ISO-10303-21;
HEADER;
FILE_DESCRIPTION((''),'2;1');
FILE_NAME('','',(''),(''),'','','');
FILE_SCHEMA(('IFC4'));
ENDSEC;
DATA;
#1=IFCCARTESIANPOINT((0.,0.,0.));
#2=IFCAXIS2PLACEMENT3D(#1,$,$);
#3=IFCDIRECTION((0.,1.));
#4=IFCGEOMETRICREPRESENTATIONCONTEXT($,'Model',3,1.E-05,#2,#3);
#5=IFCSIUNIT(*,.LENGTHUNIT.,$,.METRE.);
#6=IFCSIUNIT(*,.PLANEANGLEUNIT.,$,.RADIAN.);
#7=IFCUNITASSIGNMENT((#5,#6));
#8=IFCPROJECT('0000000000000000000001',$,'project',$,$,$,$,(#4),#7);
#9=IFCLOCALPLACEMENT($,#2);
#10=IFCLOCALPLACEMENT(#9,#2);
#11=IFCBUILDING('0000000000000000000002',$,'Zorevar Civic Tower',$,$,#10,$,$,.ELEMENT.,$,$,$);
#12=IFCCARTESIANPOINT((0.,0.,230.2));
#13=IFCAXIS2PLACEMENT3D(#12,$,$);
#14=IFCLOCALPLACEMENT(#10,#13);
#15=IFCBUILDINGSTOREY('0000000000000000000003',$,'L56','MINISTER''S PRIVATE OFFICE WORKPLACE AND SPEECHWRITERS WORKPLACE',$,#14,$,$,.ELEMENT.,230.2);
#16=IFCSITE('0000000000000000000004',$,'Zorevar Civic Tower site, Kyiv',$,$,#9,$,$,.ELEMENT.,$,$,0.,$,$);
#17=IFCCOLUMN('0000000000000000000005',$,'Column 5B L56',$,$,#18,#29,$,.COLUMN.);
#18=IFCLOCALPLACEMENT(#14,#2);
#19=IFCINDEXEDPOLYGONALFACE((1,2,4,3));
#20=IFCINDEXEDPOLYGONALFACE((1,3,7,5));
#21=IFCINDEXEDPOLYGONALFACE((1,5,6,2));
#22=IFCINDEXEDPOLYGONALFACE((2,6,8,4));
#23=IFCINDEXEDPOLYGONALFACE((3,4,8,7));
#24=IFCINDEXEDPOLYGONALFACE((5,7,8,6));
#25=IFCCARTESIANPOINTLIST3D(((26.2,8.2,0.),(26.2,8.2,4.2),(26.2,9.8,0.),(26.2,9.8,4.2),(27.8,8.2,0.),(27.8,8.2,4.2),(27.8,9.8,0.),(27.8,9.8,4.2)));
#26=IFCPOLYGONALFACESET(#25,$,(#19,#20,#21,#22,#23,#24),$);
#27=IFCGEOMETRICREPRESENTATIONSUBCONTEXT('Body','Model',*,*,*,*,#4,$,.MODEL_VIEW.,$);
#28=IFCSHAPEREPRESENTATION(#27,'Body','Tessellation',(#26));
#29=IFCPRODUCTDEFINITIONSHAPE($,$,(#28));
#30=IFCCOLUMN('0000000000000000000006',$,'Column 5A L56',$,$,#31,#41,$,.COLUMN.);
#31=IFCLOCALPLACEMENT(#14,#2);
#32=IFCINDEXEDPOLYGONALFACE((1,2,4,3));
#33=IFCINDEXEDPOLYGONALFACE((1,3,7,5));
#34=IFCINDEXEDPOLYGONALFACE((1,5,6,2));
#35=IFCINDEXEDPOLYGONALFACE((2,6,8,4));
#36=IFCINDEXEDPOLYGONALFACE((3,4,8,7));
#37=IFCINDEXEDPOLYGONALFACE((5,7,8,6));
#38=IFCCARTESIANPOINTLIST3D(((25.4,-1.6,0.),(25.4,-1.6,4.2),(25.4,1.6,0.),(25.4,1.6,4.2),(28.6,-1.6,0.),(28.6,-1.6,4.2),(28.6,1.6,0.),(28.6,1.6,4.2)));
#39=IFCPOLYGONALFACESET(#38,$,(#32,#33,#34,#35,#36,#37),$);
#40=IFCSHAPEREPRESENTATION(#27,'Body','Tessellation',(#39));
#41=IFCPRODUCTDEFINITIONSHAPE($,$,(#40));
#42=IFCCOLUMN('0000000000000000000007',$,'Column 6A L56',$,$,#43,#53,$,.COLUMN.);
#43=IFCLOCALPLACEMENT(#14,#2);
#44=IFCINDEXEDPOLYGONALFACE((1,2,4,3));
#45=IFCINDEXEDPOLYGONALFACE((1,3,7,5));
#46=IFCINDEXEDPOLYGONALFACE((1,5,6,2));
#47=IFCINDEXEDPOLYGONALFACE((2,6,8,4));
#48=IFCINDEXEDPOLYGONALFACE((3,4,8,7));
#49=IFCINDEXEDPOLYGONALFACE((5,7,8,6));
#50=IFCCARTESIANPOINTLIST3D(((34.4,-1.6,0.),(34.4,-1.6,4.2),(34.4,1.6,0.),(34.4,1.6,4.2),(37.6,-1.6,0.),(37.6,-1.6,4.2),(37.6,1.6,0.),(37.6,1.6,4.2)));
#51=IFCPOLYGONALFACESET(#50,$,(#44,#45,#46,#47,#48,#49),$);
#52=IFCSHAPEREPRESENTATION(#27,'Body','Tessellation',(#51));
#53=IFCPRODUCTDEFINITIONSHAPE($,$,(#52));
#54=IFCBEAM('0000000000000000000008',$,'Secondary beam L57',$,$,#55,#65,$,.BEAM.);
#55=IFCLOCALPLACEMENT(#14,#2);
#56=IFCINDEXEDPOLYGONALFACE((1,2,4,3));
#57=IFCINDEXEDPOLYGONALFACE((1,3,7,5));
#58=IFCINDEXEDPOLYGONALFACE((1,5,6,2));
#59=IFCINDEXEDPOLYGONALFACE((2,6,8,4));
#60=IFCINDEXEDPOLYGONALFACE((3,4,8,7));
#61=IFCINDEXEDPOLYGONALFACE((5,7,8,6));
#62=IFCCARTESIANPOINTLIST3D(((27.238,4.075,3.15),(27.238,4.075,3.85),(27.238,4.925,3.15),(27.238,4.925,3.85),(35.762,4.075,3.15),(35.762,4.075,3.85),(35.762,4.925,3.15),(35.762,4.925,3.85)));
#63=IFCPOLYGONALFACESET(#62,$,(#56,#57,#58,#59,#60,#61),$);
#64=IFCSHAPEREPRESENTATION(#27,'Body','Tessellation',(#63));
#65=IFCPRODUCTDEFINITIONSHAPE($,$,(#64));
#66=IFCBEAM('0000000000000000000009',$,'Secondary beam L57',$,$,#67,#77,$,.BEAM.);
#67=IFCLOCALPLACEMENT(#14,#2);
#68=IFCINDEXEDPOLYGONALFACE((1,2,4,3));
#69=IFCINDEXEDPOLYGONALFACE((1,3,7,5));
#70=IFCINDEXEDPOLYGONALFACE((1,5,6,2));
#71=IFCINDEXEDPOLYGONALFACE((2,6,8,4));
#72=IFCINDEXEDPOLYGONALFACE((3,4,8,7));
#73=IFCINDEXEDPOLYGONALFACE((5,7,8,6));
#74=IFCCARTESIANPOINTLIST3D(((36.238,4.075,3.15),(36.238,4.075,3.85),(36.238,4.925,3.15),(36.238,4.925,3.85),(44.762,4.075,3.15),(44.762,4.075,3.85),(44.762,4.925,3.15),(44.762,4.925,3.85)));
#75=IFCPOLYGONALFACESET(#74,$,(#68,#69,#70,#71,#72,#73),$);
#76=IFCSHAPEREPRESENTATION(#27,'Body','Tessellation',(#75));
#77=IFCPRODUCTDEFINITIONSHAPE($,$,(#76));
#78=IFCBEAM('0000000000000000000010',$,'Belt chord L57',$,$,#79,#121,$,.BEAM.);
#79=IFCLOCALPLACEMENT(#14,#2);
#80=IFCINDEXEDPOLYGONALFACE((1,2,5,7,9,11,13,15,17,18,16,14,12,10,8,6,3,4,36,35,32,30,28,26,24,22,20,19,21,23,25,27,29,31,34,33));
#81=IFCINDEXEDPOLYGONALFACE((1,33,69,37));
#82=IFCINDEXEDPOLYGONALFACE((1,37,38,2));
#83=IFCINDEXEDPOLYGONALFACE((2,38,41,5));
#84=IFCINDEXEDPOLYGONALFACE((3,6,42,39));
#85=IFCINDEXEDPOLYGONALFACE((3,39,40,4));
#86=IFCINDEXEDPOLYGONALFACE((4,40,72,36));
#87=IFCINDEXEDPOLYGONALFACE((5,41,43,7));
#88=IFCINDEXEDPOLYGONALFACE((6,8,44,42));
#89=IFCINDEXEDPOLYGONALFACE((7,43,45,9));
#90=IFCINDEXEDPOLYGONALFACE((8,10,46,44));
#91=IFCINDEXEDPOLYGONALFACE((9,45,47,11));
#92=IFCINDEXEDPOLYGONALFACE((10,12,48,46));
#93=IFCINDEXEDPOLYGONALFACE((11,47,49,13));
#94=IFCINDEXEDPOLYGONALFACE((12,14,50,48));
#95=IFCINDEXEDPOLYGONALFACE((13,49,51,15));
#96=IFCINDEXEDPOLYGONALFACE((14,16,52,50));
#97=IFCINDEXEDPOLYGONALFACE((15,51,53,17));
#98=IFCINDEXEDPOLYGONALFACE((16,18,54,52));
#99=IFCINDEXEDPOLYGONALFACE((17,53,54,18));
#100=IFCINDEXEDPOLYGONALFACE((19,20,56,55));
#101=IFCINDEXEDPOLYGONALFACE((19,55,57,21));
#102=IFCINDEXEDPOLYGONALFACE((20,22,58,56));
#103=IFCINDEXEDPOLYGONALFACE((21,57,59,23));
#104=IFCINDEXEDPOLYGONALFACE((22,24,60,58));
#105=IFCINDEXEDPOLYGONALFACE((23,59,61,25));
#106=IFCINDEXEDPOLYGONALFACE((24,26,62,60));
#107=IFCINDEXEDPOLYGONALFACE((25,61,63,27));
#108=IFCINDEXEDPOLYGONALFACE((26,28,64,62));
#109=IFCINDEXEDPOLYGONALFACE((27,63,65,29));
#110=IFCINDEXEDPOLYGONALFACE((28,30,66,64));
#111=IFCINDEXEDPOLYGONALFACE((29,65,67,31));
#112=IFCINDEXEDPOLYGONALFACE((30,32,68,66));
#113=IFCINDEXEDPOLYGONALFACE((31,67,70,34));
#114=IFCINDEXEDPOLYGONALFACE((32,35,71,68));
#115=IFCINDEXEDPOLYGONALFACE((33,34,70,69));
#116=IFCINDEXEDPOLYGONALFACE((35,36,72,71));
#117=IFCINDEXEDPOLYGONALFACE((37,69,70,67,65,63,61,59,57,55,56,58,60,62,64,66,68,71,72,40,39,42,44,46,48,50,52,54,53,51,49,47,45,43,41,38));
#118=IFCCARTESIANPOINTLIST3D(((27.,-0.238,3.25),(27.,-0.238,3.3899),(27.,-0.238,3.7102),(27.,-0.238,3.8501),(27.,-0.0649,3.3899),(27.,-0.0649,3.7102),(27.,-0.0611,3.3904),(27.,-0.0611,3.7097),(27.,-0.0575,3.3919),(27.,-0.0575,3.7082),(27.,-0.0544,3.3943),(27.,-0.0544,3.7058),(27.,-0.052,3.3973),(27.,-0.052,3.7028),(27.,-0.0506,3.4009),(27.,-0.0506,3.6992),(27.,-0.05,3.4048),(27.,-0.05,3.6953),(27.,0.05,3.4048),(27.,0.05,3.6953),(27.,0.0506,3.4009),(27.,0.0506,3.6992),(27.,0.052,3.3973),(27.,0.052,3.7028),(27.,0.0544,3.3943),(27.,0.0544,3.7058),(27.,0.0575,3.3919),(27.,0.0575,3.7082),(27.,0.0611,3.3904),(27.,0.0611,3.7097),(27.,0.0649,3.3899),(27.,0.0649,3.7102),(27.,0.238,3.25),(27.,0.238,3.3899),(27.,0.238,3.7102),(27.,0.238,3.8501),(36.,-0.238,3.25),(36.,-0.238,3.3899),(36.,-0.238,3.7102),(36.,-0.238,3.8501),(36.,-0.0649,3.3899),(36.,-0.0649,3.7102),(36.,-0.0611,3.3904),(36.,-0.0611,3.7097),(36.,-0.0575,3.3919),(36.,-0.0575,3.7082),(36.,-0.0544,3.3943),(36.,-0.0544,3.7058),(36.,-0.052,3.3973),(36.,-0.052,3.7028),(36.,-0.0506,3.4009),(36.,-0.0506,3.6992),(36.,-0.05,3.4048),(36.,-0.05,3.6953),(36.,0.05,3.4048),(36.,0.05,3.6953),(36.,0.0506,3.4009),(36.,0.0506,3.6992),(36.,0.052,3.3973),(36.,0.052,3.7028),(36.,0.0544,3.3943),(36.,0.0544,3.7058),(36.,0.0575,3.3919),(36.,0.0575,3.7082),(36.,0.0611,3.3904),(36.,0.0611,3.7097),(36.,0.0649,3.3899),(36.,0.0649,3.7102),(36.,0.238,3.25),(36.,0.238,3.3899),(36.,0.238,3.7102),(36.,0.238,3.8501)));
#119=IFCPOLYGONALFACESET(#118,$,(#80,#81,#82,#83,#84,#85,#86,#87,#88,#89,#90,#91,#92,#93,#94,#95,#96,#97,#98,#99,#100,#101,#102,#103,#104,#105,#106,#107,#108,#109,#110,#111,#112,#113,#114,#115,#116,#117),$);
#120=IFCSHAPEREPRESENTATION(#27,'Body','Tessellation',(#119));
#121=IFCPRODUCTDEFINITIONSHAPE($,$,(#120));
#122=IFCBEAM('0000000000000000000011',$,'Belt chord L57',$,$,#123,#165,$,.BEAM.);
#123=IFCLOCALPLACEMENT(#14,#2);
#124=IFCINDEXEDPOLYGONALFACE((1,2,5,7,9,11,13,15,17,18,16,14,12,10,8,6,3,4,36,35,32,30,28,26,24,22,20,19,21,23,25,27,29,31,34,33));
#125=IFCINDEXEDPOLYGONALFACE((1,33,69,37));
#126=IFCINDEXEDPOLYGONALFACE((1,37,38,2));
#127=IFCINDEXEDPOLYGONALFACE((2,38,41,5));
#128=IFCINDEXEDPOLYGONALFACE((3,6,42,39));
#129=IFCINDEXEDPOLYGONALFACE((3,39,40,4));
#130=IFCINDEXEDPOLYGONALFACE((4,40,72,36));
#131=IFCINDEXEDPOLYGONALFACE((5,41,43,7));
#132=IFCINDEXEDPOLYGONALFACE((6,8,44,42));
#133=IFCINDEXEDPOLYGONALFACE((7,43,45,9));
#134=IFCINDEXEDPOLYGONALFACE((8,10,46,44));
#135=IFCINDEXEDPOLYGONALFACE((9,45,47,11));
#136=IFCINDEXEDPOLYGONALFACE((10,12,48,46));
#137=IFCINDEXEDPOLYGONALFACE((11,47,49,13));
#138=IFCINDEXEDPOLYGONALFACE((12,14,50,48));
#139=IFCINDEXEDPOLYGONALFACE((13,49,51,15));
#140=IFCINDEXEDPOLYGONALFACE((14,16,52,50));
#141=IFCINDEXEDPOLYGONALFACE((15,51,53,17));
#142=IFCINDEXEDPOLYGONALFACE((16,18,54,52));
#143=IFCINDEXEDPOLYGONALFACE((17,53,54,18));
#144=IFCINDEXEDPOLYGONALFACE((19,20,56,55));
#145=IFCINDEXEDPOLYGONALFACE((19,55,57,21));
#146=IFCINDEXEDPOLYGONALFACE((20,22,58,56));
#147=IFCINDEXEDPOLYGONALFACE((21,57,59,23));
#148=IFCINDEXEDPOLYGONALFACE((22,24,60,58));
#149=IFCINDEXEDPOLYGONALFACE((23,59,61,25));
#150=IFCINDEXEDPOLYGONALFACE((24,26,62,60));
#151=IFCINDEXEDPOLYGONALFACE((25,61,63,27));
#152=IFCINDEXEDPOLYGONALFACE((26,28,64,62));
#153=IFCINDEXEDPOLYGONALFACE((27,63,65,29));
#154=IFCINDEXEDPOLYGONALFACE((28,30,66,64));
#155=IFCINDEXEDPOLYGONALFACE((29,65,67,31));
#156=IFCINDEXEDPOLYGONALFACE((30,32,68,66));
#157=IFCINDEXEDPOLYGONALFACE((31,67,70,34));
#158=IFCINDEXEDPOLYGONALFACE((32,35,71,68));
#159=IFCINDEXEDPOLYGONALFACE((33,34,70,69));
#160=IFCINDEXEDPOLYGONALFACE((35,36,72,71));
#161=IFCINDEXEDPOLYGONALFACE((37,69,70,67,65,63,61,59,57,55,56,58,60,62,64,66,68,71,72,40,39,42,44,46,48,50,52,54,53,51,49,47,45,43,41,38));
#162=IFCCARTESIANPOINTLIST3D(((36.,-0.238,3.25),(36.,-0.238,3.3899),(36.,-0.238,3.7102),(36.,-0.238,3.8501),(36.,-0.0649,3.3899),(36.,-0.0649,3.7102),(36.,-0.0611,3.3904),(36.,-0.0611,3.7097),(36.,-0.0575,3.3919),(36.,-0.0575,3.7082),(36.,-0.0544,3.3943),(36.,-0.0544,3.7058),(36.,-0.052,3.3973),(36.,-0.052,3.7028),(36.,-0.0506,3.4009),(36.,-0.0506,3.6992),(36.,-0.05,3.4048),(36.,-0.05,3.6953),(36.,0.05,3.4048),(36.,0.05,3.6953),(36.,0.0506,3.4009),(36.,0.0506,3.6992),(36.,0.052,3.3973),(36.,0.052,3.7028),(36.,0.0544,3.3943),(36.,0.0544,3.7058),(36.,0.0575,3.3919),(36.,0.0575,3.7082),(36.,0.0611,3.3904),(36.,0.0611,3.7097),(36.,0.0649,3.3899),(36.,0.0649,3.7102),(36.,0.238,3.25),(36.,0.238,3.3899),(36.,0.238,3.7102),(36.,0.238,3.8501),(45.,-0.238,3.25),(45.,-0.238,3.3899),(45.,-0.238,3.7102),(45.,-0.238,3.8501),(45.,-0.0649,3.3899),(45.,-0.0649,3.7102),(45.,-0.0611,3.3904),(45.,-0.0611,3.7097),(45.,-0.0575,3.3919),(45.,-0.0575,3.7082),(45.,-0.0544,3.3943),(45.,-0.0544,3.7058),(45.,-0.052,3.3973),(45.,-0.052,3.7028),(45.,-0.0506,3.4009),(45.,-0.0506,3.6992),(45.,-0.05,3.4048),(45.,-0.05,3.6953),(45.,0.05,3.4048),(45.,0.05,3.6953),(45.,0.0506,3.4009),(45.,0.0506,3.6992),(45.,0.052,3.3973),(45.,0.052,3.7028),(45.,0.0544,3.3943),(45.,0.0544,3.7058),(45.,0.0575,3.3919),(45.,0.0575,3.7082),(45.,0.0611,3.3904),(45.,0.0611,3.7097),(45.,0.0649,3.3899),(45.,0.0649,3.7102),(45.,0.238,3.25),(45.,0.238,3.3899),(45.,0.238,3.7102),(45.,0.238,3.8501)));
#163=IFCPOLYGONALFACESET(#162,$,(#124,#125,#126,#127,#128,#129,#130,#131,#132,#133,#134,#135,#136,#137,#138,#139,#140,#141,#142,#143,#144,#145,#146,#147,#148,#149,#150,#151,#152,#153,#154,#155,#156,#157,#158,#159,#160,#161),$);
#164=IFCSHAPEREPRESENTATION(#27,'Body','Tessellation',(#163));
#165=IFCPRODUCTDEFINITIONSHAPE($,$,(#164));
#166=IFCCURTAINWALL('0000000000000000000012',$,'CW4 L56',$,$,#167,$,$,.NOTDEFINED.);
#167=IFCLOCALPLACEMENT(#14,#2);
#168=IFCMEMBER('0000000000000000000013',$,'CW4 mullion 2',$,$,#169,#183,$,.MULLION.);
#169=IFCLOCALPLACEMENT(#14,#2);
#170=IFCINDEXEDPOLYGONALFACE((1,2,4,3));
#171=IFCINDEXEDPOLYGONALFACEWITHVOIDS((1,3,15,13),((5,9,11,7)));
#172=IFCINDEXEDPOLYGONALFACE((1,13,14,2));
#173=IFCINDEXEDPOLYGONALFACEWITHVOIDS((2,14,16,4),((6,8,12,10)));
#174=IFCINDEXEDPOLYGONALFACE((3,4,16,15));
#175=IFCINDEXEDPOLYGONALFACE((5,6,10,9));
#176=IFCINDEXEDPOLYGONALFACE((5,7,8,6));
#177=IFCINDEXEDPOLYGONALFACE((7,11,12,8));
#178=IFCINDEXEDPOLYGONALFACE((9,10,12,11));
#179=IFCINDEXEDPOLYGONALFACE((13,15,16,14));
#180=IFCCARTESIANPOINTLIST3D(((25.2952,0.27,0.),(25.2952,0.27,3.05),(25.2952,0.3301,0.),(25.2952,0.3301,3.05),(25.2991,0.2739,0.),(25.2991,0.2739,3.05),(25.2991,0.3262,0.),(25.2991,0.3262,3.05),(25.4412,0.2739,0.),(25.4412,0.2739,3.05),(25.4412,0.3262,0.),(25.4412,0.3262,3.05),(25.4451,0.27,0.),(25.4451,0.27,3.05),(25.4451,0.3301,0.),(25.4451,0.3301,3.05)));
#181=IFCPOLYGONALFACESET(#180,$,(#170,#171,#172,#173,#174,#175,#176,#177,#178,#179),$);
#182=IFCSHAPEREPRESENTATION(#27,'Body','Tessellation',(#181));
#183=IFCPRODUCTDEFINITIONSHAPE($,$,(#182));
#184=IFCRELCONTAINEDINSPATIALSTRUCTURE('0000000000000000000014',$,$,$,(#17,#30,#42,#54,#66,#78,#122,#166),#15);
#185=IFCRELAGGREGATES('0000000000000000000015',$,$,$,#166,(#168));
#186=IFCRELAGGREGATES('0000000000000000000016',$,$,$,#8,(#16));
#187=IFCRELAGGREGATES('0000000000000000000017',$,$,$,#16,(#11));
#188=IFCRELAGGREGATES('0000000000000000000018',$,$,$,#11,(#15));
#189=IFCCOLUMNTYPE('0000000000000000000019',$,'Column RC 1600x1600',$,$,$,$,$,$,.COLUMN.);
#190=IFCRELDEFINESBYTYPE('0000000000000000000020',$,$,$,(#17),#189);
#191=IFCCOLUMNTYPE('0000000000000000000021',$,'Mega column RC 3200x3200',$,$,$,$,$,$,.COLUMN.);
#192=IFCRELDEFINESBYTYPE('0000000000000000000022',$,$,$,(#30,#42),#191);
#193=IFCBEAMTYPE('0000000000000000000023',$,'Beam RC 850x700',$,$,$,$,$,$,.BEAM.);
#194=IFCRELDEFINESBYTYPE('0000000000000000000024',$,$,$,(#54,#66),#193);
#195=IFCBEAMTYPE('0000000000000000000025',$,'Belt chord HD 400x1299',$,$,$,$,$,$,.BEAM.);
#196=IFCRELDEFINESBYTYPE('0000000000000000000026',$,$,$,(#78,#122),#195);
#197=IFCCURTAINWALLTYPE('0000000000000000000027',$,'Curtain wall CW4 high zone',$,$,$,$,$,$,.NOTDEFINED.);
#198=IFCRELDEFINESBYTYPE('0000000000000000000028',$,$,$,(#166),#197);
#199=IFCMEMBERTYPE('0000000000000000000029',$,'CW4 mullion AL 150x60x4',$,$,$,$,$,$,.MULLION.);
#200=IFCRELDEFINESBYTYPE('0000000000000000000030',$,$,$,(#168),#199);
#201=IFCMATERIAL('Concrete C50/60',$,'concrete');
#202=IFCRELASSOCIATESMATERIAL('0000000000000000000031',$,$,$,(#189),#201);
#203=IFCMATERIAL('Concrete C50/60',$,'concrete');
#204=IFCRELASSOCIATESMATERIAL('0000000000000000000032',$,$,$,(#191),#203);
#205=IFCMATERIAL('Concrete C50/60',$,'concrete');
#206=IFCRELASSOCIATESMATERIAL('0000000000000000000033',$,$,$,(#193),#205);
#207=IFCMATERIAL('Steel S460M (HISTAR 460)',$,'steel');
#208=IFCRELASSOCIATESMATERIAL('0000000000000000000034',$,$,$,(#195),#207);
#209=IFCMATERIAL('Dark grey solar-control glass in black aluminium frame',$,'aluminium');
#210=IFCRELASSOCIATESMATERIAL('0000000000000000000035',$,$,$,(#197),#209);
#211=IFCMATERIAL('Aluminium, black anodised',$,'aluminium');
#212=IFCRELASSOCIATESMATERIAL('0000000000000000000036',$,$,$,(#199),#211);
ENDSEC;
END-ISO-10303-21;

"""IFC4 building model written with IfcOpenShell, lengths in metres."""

from ifc_helpers import new_model, si_unit, direction, frame, origin, origin_2d, place, context, subcontext, project, spatial, rectangle, hollow_rectangle, i_section, extrude, material, material_profile, profile_set, type_object, element, aggregate, save


model = new_model("IFC4")

# Units and contexts
model_context = context("Model", 3, precision=1e-05, world=origin(), true_north=direction((0.0, 1.0)))
body_context = subcontext(model_context, "Body", "Model", "MODEL_VIEW")
ifc_project = project(units=[si_unit("LENGTHUNIT", "METRE"), si_unit("PLANEANGLEUNIT", "RADIAN")], contexts=[model_context])

# Site, building, storey
site_placement = place(None, origin())
site = spatial("IfcSite", under=ifc_project, at=site_placement, Name="Zorevar Civic Tower site, Kyiv", CompositionType="ELEMENT", RefElevation=0.0)
building_placement = place(site_placement, origin())
building = spatial("IfcBuilding", under=site, at=building_placement, Name="Zorevar Civic Tower", CompositionType="ELEMENT")
storey_placement = place(building_placement, frame((0.0, 0.0, 230.2)))
storey = spatial("IfcBuildingStorey", under=building, at=storey_placement, Name="L56", Description="MINISTER'S PRIVATE OFFICE WORKPLACE AND SPEECHWRITERS WORKPLACE", CompositionType="ELEMENT", Elevation=230.2)

# Columns
ifc_material_1 = material(Name="Concrete C50/60", Category="concrete")
ifc_material_profile_1 = material_profile(ifc_material_1, rectangle(XDim=1.6001, YDim=1.6001, at=origin_2d()), Name="RC 1600x1600")
ifc_profile_set_1 = profile_set([ifc_material_profile_1], Name="Concrete C50/60")
column_type_1 = type_object("IfcColumnType", Name="Column RC 1600x1600", PredefinedType="COLUMN", material=ifc_profile_set_1)
column_placement = place(storey_placement, frame((27.0, 9.0, 0.0), z_axis=(0.0, 0.0, 1.0), x_axis=(1.0, 0.0, 0.0)))
element("IfcColumn", 1, at=column_placement, inside=storey, type_object=column_type_1, Name="Column 5B L56", PredefinedType="COLUMN", context=body_context, shape_type="SweptSolid", body=[
    extrude(rectangle(XDim=1.6001, YDim=1.6001, at=origin_2d()), origin(), (0.0, 0.0, 1.0), 4.2),
])
ifc_material_2 = material(Name="Concrete C50/60", Category="concrete")
ifc_material_profile_2 = material_profile(ifc_material_2, rectangle(XDim=3.2, YDim=3.2, at=origin_2d()), Name="RC 3200x3200")
ifc_profile_set_2 = profile_set([ifc_material_profile_2], Name="Concrete C50/60")
column_type_2 = type_object("IfcColumnType", Name="Mega column RC 3200x3200", PredefinedType="COLUMN", material=ifc_profile_set_2)
for number, where, z_axis, x_axis, name in (
    (2, (27.0, 0.0, 0.0), (0.0, 0.0, 1.0), (1.0, 0.0, 0.0), "Column 5A L56"),
    (3, (36.0, 0.0, 0.0), (0.0, 0.0, 1.0), (1.0, 0.0, 0.0), "Column 6A L56"),
):
    element("IfcColumn", number, at=place(storey_placement, frame(where, z_axis=z_axis, x_axis=x_axis)), inside=storey, type_object=column_type_2, Name=name, PredefinedType="COLUMN", context=body_context, shape_type="SweptSolid", body=[
        extrude(rectangle(XDim=3.2, YDim=3.2, at=origin_2d()), origin(), (0.0, 0.0, 1.0), 4.2),
    ])

# Beams
ifc_material_3 = material(Name="Concrete C50/60", Category="concrete")
ifc_material_profile_3 = material_profile(ifc_material_3, rectangle(XDim=0.8501, YDim=0.7, at=origin_2d()), Name="RC 850x700")
ifc_profile_set_3 = profile_set([ifc_material_profile_3], Name="Concrete C50/60")
beam_type_1 = type_object("IfcBeamType", Name="Beam RC 850x700", PredefinedType="BEAM", material=ifc_profile_set_3)
for number, where, z_axis, x_axis, name in (
    (4, (27.238, 4.5, 3.5), (1.0, 0.0, 0.0), (0.0, 1.0, 0.0), "Secondary beam L57"),
    (5, (36.238, 4.5, 3.5), (1.0, 0.0, 0.0), (0.0, 1.0, 0.0), "Secondary beam L57"),
):
    element("IfcBeam", number, at=place(storey_placement, frame(where, z_axis=z_axis, x_axis=x_axis)), inside=storey, type_object=beam_type_1, Name=name, PredefinedType="BEAM", context=body_context, shape_type="SweptSolid", body=[
        extrude(rectangle(XDim=0.8501, YDim=0.7, at=origin_2d()), origin(), (0.0, 0.0, 1.0), 8.5239),
    ])
ifc_material_4 = material(Name="Steel S460M (HISTAR 460)", Category="steel")
ifc_material_profile_4 = material_profile(ifc_material_4, i_section(OverallWidth=0.4761, OverallDepth=0.6001, WebThickness=0.1001, FlangeThickness=0.1399, FilletRadius=0.0149, at=origin_2d()), Name="HD 400x1299")
ifc_profile_set_4 = profile_set([ifc_material_profile_4], Name="Steel S460M (HISTAR 460)")
beam_type_2 = type_object("IfcBeamType", Name="Belt chord HD 400x1299", PredefinedType="BEAM", material=ifc_profile_set_4)
for number, where, z_axis, x_axis, name in (
    (6, (27.0, 0.0, 3.55), (1.0, 0.0, 0.0), (0.0, 1.0, 0.0), "Belt chord L57"),
    (7, (36.0, 0.0, 3.55), (1.0, 0.0, 0.0), (0.0, 1.0, 0.0), "Belt chord L57"),
):
    element("IfcBeam", number, at=place(storey_placement, frame(where, z_axis=z_axis, x_axis=x_axis)), inside=storey, type_object=beam_type_2, Name=name, PredefinedType="BEAM", context=body_context, shape_type="SweptSolid", body=[
        extrude(i_section(OverallWidth=0.4761, OverallDepth=0.6001, WebThickness=0.1001, FlangeThickness=0.1399, FilletRadius=0.0149, at=origin_2d()), origin(), (0.0, 0.0, 1.0), 9.0),
    ])

# Curtain wall, member
ifc_material_5 = material(Name="Dark grey solar-control glass in black aluminium frame", Category="aluminium")
curtain_wall_type = type_object("IfcCurtainWallType", Name="Curtain wall CW4 high zone", PredefinedType="NOTDEFINED", material=ifc_material_5)
curtain_wall_1_placement = place(storey_placement, origin())
curtain_wall_1 = element("IfcCurtainWall", 8, at=curtain_wall_1_placement, inside=storey, type_object=curtain_wall_type, Name="CW4 L56", PredefinedType="NOTDEFINED")
ifc_material_6 = material(Name="Aluminium, black anodised", Category="aluminium")
ifc_material_profile_5 = material_profile(ifc_material_6, hollow_rectangle(XDim=0.0601, YDim=0.1499, WallThickness=0.0039, at=origin_2d()), Name="AL 150x60x4")
ifc_profile_set_5 = profile_set([ifc_material_profile_5], Name="Aluminium, black anodised")
member_type_1 = type_object("IfcMemberType", Name="CW4 mullion AL 150x60x4", PredefinedType="MULLION", material=ifc_profile_set_5)
member_1_placement = place(storey_placement, frame((25.3701, 0.3, 0.0), z_axis=(0.0, 0.0, 1.0), x_axis=(0.0, 1.0, 0.0)))
member_1 = element("IfcMember", 9, at=member_1_placement, type_object=member_type_1, Name="CW4 mullion 2", PredefinedType="MULLION", context=body_context, shape_type="SweptSolid", body=[
    extrude(hollow_rectangle(XDim=0.0601, YDim=0.1499, WallThickness=0.0039, at=origin_2d()), origin(), (0.0, 0.0, 1.0), 3.05),
])

aggregate(curtain_wall_1, [member_1])

save(model, "model.ifc")
